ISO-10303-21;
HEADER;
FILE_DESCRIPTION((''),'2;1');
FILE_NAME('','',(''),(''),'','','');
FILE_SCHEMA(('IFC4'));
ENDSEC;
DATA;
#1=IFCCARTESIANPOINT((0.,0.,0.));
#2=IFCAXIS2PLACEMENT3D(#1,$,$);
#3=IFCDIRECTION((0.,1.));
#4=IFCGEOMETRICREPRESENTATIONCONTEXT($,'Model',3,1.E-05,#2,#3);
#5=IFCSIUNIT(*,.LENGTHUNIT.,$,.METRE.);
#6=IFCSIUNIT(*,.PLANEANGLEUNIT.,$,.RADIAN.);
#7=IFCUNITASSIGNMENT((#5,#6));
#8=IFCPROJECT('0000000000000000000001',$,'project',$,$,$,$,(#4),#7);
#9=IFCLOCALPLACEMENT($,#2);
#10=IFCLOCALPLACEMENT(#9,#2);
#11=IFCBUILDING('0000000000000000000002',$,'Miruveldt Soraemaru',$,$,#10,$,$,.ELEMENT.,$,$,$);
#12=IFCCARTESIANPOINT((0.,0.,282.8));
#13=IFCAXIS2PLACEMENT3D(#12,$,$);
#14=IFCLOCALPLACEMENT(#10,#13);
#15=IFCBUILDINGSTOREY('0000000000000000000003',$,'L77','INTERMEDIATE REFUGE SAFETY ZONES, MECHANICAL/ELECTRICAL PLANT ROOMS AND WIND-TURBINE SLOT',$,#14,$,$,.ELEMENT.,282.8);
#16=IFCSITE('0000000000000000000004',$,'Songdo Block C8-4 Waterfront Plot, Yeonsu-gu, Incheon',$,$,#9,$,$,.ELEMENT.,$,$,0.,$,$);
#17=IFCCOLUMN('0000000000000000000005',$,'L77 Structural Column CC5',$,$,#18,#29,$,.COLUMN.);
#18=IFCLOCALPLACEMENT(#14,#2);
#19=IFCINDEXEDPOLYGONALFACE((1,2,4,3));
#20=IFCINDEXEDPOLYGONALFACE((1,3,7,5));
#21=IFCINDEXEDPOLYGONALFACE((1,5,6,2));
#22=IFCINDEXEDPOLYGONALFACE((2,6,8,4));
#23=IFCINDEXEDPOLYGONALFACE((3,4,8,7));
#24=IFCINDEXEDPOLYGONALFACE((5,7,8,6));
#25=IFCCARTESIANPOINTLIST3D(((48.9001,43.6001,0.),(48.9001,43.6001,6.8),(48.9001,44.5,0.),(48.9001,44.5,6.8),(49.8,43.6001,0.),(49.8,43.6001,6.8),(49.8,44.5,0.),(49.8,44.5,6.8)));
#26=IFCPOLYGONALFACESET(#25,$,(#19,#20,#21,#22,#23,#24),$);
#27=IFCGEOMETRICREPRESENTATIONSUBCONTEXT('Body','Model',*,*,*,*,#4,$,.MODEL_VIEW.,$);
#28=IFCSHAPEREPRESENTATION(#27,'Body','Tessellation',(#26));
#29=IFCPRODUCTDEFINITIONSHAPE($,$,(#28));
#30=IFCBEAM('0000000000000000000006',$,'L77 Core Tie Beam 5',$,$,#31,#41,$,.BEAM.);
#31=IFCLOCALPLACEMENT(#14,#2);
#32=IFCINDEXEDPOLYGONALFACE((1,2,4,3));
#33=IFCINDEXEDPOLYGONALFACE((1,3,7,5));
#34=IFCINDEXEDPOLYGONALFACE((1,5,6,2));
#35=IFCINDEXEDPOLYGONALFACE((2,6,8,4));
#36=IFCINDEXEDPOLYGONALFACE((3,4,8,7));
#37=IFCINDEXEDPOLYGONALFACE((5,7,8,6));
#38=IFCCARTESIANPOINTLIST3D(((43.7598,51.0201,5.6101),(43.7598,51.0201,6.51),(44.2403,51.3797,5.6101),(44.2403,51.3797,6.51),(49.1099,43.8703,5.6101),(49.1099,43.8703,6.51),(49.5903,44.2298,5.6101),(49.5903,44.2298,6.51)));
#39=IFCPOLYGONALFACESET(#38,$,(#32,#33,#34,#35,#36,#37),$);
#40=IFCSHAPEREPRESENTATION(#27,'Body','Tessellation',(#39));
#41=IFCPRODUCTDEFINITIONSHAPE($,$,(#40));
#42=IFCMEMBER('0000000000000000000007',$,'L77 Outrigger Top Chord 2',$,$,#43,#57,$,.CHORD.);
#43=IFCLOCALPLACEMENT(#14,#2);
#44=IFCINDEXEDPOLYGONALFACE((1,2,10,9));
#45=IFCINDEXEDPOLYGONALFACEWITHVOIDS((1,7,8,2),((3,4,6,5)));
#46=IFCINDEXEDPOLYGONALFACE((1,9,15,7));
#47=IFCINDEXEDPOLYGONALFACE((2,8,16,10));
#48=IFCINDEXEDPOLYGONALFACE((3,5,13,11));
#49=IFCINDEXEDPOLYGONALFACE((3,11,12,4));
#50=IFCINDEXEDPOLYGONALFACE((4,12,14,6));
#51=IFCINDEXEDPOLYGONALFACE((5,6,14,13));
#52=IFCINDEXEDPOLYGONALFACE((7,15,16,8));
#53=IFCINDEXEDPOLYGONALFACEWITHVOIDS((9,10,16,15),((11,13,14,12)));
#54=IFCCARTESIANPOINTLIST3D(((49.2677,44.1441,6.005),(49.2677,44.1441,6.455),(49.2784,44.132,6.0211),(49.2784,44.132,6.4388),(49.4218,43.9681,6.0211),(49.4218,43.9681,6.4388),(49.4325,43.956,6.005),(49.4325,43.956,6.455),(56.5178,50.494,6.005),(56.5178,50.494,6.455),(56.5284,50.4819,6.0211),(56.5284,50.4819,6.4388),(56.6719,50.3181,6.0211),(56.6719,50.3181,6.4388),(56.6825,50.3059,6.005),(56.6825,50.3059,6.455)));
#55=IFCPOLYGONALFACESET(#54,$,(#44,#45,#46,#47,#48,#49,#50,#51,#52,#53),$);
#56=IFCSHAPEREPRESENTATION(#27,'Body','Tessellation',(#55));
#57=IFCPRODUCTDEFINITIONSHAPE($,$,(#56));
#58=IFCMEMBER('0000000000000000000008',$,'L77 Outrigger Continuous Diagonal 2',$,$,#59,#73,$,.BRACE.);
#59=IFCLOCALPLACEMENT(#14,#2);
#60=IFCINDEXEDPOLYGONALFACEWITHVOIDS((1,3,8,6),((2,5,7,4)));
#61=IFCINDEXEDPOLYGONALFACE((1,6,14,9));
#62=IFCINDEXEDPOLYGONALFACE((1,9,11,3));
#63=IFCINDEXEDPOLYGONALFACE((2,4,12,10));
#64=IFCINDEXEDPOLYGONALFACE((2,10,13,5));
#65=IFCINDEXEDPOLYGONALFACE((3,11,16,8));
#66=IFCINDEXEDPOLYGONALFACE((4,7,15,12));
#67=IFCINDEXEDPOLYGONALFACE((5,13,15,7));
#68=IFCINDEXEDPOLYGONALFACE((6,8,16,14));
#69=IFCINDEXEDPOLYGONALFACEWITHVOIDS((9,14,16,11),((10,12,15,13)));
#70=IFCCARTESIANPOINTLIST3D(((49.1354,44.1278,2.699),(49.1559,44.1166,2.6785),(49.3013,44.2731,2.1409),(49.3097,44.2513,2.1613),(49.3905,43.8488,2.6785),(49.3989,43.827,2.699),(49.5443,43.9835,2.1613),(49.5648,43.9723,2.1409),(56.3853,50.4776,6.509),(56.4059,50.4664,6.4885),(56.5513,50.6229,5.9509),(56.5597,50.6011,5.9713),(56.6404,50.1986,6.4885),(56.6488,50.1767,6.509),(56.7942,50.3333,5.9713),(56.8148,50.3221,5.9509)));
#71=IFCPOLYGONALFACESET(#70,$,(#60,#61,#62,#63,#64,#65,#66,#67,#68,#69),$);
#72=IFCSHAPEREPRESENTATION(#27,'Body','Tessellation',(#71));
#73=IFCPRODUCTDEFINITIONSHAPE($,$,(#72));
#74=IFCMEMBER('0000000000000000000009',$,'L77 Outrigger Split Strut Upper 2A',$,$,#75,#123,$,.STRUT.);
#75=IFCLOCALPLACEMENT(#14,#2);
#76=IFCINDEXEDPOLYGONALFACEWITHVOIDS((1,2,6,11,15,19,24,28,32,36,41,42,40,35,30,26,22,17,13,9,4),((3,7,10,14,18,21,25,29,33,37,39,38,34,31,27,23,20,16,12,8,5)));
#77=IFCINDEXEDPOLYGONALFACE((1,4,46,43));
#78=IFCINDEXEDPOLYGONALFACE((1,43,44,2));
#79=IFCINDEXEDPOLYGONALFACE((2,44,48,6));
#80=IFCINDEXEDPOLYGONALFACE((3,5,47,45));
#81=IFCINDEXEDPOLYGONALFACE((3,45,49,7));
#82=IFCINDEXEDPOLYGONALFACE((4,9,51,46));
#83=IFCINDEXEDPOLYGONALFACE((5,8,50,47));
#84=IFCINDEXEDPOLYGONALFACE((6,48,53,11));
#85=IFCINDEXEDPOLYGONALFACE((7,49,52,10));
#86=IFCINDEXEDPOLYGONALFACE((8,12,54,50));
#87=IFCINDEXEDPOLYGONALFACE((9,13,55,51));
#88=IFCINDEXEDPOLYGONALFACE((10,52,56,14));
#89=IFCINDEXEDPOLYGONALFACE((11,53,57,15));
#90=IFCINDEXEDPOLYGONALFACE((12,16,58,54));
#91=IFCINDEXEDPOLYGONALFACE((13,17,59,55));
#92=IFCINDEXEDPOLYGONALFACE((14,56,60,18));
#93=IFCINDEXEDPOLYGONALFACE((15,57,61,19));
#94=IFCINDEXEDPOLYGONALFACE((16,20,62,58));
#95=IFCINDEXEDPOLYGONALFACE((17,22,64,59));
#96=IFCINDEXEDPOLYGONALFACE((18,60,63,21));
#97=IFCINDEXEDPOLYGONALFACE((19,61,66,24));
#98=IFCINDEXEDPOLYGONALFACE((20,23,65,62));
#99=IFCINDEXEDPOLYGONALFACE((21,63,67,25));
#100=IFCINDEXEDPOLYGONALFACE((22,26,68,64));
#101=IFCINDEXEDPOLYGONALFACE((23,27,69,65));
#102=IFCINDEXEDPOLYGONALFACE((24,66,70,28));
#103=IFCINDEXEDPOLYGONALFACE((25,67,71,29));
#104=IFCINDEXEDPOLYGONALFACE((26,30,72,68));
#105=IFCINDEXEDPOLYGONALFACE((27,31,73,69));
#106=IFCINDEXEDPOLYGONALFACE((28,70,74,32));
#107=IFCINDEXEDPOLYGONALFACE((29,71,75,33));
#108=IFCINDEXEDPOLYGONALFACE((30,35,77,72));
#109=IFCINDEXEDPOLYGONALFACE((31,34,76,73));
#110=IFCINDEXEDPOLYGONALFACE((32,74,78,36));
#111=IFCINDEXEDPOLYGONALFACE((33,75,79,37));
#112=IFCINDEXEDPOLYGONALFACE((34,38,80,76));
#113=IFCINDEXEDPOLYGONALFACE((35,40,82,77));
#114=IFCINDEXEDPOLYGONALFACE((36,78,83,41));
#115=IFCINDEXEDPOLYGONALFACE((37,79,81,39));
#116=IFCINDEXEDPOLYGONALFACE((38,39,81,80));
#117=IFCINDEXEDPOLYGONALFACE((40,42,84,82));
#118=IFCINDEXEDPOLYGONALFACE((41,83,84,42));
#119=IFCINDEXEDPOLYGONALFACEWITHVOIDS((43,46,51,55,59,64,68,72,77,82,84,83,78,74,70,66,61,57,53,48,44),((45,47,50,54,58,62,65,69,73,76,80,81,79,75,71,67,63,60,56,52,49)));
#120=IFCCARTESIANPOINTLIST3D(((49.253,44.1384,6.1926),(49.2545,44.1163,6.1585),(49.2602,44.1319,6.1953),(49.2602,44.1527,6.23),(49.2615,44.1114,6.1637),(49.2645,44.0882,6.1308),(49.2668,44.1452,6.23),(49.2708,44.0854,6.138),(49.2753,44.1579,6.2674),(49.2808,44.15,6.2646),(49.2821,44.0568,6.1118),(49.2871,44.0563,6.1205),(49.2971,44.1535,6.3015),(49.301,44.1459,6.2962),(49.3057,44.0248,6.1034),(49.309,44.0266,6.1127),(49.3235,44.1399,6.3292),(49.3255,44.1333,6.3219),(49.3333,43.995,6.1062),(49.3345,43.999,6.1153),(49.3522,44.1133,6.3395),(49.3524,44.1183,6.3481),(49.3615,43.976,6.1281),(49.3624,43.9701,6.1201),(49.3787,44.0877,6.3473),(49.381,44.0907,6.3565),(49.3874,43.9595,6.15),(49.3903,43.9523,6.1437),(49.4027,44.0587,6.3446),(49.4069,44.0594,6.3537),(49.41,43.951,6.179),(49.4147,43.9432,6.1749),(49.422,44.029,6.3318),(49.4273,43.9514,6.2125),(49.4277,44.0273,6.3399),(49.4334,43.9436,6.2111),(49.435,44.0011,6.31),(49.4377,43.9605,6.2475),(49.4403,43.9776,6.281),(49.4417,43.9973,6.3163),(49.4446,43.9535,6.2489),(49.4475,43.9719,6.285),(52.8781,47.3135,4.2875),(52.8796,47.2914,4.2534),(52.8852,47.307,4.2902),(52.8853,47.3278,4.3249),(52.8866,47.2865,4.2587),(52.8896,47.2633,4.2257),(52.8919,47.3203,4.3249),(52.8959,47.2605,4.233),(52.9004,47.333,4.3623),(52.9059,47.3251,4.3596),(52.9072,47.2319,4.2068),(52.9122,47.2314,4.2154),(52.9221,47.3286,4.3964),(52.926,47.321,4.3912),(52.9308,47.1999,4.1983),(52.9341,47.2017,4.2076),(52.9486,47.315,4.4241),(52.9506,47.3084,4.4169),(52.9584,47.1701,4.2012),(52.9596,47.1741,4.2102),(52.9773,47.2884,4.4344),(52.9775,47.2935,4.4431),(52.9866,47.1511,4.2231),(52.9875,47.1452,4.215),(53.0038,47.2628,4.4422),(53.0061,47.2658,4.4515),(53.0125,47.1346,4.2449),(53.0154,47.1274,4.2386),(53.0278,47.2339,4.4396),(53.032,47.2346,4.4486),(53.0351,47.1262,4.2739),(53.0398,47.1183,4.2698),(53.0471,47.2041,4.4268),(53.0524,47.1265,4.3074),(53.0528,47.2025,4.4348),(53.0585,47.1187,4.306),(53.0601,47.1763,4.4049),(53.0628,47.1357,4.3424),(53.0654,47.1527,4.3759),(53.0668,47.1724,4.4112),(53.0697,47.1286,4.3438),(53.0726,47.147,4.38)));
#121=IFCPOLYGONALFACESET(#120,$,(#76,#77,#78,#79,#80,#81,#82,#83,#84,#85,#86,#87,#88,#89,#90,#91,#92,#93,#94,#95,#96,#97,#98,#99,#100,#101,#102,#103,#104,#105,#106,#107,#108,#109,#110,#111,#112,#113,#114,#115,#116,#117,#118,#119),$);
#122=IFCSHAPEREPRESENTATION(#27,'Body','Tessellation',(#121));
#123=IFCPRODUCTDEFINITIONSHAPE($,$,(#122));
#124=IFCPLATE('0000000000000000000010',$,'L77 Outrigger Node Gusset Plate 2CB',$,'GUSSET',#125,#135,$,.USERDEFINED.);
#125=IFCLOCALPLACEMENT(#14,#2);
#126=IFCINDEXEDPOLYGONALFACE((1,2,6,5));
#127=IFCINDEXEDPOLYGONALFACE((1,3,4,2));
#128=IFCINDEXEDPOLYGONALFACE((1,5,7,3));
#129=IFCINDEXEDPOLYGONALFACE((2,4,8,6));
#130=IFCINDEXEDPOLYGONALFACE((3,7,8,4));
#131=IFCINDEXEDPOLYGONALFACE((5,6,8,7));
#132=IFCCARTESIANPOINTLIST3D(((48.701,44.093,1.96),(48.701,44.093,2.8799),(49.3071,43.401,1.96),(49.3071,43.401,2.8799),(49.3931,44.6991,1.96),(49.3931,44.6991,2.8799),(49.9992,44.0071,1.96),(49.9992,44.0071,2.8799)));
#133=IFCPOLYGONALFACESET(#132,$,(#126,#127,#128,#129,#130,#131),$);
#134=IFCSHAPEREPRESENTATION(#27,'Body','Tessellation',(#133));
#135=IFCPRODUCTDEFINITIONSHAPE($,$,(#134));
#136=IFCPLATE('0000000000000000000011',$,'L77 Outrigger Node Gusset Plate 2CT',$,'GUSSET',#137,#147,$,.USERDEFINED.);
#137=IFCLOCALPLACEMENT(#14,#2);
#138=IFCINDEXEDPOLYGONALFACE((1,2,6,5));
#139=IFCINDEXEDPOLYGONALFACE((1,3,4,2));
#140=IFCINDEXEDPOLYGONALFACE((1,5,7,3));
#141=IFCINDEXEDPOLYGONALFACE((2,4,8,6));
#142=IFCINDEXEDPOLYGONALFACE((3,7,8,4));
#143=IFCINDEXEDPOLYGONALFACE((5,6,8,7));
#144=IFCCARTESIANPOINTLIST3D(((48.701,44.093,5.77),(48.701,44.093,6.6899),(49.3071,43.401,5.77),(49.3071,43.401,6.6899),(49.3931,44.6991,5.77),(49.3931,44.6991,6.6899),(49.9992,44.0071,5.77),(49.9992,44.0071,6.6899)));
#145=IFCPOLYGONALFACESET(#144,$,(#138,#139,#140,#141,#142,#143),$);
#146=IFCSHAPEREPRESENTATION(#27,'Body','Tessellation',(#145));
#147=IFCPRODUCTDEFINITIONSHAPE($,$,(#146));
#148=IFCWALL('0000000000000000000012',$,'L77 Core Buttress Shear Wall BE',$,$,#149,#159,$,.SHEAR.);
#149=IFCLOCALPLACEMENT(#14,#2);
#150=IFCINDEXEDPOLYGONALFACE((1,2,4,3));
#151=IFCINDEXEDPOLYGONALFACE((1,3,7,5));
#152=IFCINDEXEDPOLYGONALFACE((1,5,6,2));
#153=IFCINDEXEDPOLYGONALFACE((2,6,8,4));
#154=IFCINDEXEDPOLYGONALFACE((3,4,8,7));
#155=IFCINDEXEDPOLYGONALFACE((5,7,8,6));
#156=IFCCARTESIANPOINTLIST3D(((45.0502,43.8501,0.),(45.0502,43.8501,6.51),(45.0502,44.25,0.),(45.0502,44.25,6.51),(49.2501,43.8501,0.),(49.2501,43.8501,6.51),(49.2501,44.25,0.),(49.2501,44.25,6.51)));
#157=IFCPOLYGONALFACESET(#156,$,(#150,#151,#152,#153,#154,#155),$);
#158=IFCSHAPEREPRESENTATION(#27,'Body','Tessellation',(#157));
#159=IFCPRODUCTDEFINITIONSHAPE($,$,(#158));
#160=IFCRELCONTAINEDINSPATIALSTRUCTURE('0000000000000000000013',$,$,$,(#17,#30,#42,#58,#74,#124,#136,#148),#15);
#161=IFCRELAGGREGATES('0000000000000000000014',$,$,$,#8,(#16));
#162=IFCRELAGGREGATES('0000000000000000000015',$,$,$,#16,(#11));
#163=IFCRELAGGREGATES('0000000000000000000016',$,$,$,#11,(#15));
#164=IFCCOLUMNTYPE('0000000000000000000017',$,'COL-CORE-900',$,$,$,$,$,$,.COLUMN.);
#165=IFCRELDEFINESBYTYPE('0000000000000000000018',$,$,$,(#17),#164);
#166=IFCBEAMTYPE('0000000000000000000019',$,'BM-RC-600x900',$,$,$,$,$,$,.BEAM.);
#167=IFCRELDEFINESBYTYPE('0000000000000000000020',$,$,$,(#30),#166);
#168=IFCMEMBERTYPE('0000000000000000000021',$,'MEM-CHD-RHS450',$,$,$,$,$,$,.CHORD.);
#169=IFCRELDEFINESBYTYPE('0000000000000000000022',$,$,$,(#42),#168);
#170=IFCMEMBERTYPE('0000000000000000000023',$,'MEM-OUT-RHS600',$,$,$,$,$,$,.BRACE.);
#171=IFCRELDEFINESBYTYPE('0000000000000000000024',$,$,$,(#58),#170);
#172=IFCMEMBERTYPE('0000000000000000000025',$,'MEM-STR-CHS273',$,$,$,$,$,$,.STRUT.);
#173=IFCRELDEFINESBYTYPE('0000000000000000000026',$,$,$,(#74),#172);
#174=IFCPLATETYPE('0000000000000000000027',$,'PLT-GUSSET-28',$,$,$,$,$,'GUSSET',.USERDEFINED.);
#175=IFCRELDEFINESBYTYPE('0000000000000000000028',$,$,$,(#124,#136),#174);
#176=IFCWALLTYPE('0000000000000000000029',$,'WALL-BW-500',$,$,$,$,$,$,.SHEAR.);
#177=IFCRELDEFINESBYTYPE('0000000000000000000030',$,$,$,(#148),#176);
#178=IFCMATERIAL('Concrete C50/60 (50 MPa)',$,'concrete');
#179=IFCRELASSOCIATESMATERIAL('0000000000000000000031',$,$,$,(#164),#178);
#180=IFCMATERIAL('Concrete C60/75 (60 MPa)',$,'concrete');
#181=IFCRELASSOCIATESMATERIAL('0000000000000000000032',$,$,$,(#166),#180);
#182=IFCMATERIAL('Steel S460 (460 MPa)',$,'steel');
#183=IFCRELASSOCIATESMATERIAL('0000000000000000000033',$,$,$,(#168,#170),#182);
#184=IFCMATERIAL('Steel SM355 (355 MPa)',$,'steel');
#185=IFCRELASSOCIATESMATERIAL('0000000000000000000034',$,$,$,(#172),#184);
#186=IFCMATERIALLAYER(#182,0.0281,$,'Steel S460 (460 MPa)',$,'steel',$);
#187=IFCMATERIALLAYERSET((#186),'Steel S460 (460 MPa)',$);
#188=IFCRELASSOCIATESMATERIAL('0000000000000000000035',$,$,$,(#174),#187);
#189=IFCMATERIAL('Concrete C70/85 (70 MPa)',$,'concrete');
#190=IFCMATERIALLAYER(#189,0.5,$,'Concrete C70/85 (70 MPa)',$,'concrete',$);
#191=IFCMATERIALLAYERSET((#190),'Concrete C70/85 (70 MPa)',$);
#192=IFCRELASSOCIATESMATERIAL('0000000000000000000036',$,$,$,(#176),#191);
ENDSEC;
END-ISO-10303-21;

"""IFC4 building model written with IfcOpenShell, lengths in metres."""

from ifc_helpers import new_model, si_unit, direction, frame, frame_2d, origin, origin_2d, place, context, subcontext, project, spatial, rectangle, hollow_rectangle, hollow_circle, extrude, material, layer, layer_set, material_profile, profile_set, type_object, element, save


model = new_model("IFC4")

# Units and contexts
model_context = context("Model", 3, precision=1e-05, world=origin(), true_north=direction((0.0, 1.0)))
body_context = subcontext(model_context, "Body", "Model", "MODEL_VIEW")
ifc_project = project(units=[si_unit("LENGTHUNIT", "METRE"), si_unit("PLANEANGLEUNIT", "RADIAN")], contexts=[model_context])

# Site, building, storey
site_placement = place(None, origin())
site = spatial("IfcSite", under=ifc_project, at=site_placement, Name="Songdo Block C8-4 Waterfront Plot, Yeonsu-gu, Incheon", CompositionType="ELEMENT", RefElevation=0.0)
building_placement = place(site_placement, origin())
building = spatial("IfcBuilding", under=site, at=building_placement, Name="Miruveldt Soraemaru", CompositionType="ELEMENT")
storey_placement = place(building_placement, frame((0.0, 0.0, 282.8)))
storey = spatial("IfcBuildingStorey", under=building, at=storey_placement, Name="L77", Description="INTERMEDIATE REFUGE SAFETY ZONES, MECHANICAL/ELECTRICAL PLANT ROOMS AND WIND-TURBINE SLOT", CompositionType="ELEMENT", Elevation=282.8)

# Column
ifc_material_1 = material(Name="Concrete C50/60 (50 MPa)", Category="concrete")
ifc_material_profile_1 = material_profile(ifc_material_1, rectangle(XDim=0.8999, YDim=0.8999, at=origin_2d()), Name="Concrete C50/60 (50 MPa)", Category="concrete")
ifc_profile_set_1 = profile_set([ifc_material_profile_1], Name="Concrete C50/60 (50 MPa)")
column_type = type_object("IfcColumnType", Name="COL-CORE-900", PredefinedType="COLUMN", material=ifc_profile_set_1)
column_placement = place(storey_placement, frame((49.3501, 44.05, 0.0), z_axis=(0.0, 0.0, 1.0), x_axis=(1.0, 0.0, 0.0)))
element("IfcColumn", 1, at=column_placement, inside=storey, type_object=column_type, Name="L77 Structural Column CC5", PredefinedType="COLUMN", context=body_context, shape_type="SweptSolid", body=[
    extrude(rectangle(XDim=0.8999, YDim=0.8999, at=origin_2d()), origin(), (0.0, 0.0, 1.0), 6.8),
])

# Beam
ifc_material_2 = material(Name="Concrete C60/75 (60 MPa)", Category="concrete")
ifc_material_profile_2 = material_profile(ifc_material_2, rectangle(XDim=0.6001, YDim=0.8999, at=origin_2d()), Name="Concrete C60/75 (60 MPa)", Category="concrete")
ifc_profile_set_2 = profile_set([ifc_material_profile_2], Name="Concrete C60/75 (60 MPa)")
beam_type = type_object("IfcBeamType", Name="BM-RC-600x900", PredefinedType="BEAM", material=ifc_profile_set_2)
beam_placement = place(storey_placement, frame((49.3501, 44.05, 6.0601), z_axis=(-0.599116, 0.800662, 0.0), x_axis=(-0.800662, -0.599116, 0.0)))
element("IfcBeam", 2, at=beam_placement, inside=storey, type_object=beam_type, Name="L77 Core Tie Beam 5", PredefinedType="BEAM", context=body_context, shape_type="SweptSolid", body=[
    extrude(rectangle(XDim=0.6001, YDim=0.8999, at=origin_2d()), origin(), (0.0, 0.0, 1.0), 8.9299),
])

# Members
ifc_material_3 = material(Name="Steel S460 (460 MPa)", Category="steel")
ifc_material_profile_3 = material_profile(ifc_material_3, hollow_rectangle(XDim=0.25, YDim=0.45, WallThickness=0.0161, at=origin_2d()), Name="Steel S460 (460 MPa)", Category="steel")
ifc_profile_set_3 = profile_set([ifc_material_profile_3], Name="Steel S460 (460 MPa)")
member_type_1 = type_object("IfcMemberType", Name="MEM-CHD-RHS450", PredefinedType="CHORD", material=ifc_profile_set_3)
member_1_placement = place(storey_placement, frame((49.3501, 44.05, 6.23), z_axis=(0.752263, 0.658863, 0.0), x_axis=(-0.658863, 0.752263, 0.0)))
element("IfcMember", 3, at=member_1_placement, inside=storey, type_object=member_type_1, Name="L77 Outrigger Top Chord 2", PredefinedType="CHORD", context=body_context, shape_type="SweptSolid", body=[
    extrude(hollow_rectangle(XDim=0.25, YDim=0.45, WallThickness=0.0161, at=origin_2d()), origin(), (0.0, 0.0, 1.0), 9.6377),
])
ifc_material_profile_4 = material_profile(ifc_material_3, hollow_rectangle(XDim=0.3999, YDim=0.6001, WallThickness=0.022, at=origin_2d()), Name="Steel S460 (460 MPa)", Category="steel")
ifc_profile_set_4 = profile_set([ifc_material_profile_4], Name="Steel S460 (460 MPa)")
member_type_2 = type_object("IfcMemberType", Name="MEM-OUT-RHS600", PredefinedType="BRACE", material=ifc_profile_set_4)
member_2_placement = place(storey_placement, frame((49.3501, 44.05, 2.4199), z_axis=(0.699579, 0.61272, 0.367646), x_axis=(-0.658863, 0.752263, 0.0)))
element("IfcMember", 4, at=member_2_placement, inside=storey, type_object=member_type_2, Name="L77 Outrigger Continuous Diagonal 2", PredefinedType="BRACE", context=body_context, shape_type="SweptSolid", body=[
    extrude(hollow_rectangle(XDim=0.3999, YDim=0.6001, WallThickness=0.022, at=origin_2d()), origin(), (0.0, 0.0, 1.0), 10.3633),
])
ifc_material_4 = material(Name="Steel SM355 (355 MPa)", Category="steel")
ifc_material_profile_5 = material_profile(ifc_material_4, hollow_circle(Radius=0.1365, WallThickness=0.01, at=origin_2d()), Name="Steel SM355 (355 MPa)", Category="steel")
ifc_profile_set_5 = profile_set([ifc_material_profile_5], Name="Steel SM355 (355 MPa)")
member_type_3 = type_object("IfcMemberType", Name="MEM-STR-CHS273", PredefinedType="STRUT", material=ifc_profile_set_5)
member_3_placement = place(storey_placement, frame((49.3501, 44.05, 6.23), z_axis=(0.699568, 0.612735, -0.367641), x_axis=(-0.658878, 0.75225, 0.0)))
element("IfcMember", 5, at=member_3_placement, inside=storey, type_object=member_type_3, Name="L77 Outrigger Split Strut Upper 2A", PredefinedType="STRUT", context=body_context, shape_type="SweptSolid", body=[
    extrude(hollow_circle(Radius=0.1365, WallThickness=0.01, at=origin_2d()), origin(), (0.0, 0.0, 1.0), 5.1819),
])

# Plates
ifc_layer_1 = layer(ifc_material_3, 0.0281, Name="Steel S460 (460 MPa)", Category="steel")
ifc_layer_set_1 = layer_set([ifc_layer_1], Name="Steel S460 (460 MPa)")
plate_type = type_object("IfcPlateType", Name="PLT-GUSSET-28", ElementType="GUSSET", PredefinedType="USERDEFINED", material=ifc_layer_set_1)
for number, where, z_axis, x_axis, name in (
    (6, (49.3501, 44.05, 1.96), (0.0, 0.0, 1.0), (0.7523, 0.658821, 0.0), "L77 Outrigger Node Gusset Plate 2CB"),
    (7, (49.3501, 44.05, 5.77), (0.0, 0.0, 1.0), (0.7523, 0.658821, 0.0), "L77 Outrigger Node Gusset Plate 2CT"),
):
    element("IfcPlate", number, at=place(storey_placement, frame(where, z_axis=z_axis, x_axis=x_axis)), inside=storey, type_object=plate_type, Name=name, ObjectType="GUSSET", PredefinedType="USERDEFINED", context=body_context, shape_type="SweptSolid", body=[
        extrude(rectangle(XDim=0.9199, YDim=0.9199, at=origin_2d()), origin(), (0.0, 0.0, 1.0), 0.9199),
    ])

# Wall
ifc_material_5 = material(Name="Concrete C70/85 (70 MPa)", Category="concrete")
ifc_layer_2 = layer(ifc_material_5, 0.5, Name="Concrete C70/85 (70 MPa)", Category="concrete")
ifc_layer_set_2 = layer_set([ifc_layer_2], Name="Concrete C70/85 (70 MPa)")
wall_type_1 = type_object("IfcWallType", Name="WALL-BW-500", PredefinedType="SHEAR", material=ifc_layer_set_2)
wall_1_placement = place(storey_placement, frame((45.05, 44.05, 0.0), z_axis=(0.0, 0.0, 1.0), x_axis=(1.0, 0.0, 0.0)))
element("IfcWall", 8, at=wall_1_placement, inside=storey, type_object=wall_type_1, Name="L77 Core Buttress Shear Wall BE", PredefinedType="SHEAR", context=body_context, shape_type="SweptSolid", body=[
    extrude(rectangle(XDim=4.2, YDim=0.3999, at=frame_2d((2.1001, 0.0))), origin(), (0.0, 0.0, 1.0), 6.51),
])

save(model, "model.ifc")
